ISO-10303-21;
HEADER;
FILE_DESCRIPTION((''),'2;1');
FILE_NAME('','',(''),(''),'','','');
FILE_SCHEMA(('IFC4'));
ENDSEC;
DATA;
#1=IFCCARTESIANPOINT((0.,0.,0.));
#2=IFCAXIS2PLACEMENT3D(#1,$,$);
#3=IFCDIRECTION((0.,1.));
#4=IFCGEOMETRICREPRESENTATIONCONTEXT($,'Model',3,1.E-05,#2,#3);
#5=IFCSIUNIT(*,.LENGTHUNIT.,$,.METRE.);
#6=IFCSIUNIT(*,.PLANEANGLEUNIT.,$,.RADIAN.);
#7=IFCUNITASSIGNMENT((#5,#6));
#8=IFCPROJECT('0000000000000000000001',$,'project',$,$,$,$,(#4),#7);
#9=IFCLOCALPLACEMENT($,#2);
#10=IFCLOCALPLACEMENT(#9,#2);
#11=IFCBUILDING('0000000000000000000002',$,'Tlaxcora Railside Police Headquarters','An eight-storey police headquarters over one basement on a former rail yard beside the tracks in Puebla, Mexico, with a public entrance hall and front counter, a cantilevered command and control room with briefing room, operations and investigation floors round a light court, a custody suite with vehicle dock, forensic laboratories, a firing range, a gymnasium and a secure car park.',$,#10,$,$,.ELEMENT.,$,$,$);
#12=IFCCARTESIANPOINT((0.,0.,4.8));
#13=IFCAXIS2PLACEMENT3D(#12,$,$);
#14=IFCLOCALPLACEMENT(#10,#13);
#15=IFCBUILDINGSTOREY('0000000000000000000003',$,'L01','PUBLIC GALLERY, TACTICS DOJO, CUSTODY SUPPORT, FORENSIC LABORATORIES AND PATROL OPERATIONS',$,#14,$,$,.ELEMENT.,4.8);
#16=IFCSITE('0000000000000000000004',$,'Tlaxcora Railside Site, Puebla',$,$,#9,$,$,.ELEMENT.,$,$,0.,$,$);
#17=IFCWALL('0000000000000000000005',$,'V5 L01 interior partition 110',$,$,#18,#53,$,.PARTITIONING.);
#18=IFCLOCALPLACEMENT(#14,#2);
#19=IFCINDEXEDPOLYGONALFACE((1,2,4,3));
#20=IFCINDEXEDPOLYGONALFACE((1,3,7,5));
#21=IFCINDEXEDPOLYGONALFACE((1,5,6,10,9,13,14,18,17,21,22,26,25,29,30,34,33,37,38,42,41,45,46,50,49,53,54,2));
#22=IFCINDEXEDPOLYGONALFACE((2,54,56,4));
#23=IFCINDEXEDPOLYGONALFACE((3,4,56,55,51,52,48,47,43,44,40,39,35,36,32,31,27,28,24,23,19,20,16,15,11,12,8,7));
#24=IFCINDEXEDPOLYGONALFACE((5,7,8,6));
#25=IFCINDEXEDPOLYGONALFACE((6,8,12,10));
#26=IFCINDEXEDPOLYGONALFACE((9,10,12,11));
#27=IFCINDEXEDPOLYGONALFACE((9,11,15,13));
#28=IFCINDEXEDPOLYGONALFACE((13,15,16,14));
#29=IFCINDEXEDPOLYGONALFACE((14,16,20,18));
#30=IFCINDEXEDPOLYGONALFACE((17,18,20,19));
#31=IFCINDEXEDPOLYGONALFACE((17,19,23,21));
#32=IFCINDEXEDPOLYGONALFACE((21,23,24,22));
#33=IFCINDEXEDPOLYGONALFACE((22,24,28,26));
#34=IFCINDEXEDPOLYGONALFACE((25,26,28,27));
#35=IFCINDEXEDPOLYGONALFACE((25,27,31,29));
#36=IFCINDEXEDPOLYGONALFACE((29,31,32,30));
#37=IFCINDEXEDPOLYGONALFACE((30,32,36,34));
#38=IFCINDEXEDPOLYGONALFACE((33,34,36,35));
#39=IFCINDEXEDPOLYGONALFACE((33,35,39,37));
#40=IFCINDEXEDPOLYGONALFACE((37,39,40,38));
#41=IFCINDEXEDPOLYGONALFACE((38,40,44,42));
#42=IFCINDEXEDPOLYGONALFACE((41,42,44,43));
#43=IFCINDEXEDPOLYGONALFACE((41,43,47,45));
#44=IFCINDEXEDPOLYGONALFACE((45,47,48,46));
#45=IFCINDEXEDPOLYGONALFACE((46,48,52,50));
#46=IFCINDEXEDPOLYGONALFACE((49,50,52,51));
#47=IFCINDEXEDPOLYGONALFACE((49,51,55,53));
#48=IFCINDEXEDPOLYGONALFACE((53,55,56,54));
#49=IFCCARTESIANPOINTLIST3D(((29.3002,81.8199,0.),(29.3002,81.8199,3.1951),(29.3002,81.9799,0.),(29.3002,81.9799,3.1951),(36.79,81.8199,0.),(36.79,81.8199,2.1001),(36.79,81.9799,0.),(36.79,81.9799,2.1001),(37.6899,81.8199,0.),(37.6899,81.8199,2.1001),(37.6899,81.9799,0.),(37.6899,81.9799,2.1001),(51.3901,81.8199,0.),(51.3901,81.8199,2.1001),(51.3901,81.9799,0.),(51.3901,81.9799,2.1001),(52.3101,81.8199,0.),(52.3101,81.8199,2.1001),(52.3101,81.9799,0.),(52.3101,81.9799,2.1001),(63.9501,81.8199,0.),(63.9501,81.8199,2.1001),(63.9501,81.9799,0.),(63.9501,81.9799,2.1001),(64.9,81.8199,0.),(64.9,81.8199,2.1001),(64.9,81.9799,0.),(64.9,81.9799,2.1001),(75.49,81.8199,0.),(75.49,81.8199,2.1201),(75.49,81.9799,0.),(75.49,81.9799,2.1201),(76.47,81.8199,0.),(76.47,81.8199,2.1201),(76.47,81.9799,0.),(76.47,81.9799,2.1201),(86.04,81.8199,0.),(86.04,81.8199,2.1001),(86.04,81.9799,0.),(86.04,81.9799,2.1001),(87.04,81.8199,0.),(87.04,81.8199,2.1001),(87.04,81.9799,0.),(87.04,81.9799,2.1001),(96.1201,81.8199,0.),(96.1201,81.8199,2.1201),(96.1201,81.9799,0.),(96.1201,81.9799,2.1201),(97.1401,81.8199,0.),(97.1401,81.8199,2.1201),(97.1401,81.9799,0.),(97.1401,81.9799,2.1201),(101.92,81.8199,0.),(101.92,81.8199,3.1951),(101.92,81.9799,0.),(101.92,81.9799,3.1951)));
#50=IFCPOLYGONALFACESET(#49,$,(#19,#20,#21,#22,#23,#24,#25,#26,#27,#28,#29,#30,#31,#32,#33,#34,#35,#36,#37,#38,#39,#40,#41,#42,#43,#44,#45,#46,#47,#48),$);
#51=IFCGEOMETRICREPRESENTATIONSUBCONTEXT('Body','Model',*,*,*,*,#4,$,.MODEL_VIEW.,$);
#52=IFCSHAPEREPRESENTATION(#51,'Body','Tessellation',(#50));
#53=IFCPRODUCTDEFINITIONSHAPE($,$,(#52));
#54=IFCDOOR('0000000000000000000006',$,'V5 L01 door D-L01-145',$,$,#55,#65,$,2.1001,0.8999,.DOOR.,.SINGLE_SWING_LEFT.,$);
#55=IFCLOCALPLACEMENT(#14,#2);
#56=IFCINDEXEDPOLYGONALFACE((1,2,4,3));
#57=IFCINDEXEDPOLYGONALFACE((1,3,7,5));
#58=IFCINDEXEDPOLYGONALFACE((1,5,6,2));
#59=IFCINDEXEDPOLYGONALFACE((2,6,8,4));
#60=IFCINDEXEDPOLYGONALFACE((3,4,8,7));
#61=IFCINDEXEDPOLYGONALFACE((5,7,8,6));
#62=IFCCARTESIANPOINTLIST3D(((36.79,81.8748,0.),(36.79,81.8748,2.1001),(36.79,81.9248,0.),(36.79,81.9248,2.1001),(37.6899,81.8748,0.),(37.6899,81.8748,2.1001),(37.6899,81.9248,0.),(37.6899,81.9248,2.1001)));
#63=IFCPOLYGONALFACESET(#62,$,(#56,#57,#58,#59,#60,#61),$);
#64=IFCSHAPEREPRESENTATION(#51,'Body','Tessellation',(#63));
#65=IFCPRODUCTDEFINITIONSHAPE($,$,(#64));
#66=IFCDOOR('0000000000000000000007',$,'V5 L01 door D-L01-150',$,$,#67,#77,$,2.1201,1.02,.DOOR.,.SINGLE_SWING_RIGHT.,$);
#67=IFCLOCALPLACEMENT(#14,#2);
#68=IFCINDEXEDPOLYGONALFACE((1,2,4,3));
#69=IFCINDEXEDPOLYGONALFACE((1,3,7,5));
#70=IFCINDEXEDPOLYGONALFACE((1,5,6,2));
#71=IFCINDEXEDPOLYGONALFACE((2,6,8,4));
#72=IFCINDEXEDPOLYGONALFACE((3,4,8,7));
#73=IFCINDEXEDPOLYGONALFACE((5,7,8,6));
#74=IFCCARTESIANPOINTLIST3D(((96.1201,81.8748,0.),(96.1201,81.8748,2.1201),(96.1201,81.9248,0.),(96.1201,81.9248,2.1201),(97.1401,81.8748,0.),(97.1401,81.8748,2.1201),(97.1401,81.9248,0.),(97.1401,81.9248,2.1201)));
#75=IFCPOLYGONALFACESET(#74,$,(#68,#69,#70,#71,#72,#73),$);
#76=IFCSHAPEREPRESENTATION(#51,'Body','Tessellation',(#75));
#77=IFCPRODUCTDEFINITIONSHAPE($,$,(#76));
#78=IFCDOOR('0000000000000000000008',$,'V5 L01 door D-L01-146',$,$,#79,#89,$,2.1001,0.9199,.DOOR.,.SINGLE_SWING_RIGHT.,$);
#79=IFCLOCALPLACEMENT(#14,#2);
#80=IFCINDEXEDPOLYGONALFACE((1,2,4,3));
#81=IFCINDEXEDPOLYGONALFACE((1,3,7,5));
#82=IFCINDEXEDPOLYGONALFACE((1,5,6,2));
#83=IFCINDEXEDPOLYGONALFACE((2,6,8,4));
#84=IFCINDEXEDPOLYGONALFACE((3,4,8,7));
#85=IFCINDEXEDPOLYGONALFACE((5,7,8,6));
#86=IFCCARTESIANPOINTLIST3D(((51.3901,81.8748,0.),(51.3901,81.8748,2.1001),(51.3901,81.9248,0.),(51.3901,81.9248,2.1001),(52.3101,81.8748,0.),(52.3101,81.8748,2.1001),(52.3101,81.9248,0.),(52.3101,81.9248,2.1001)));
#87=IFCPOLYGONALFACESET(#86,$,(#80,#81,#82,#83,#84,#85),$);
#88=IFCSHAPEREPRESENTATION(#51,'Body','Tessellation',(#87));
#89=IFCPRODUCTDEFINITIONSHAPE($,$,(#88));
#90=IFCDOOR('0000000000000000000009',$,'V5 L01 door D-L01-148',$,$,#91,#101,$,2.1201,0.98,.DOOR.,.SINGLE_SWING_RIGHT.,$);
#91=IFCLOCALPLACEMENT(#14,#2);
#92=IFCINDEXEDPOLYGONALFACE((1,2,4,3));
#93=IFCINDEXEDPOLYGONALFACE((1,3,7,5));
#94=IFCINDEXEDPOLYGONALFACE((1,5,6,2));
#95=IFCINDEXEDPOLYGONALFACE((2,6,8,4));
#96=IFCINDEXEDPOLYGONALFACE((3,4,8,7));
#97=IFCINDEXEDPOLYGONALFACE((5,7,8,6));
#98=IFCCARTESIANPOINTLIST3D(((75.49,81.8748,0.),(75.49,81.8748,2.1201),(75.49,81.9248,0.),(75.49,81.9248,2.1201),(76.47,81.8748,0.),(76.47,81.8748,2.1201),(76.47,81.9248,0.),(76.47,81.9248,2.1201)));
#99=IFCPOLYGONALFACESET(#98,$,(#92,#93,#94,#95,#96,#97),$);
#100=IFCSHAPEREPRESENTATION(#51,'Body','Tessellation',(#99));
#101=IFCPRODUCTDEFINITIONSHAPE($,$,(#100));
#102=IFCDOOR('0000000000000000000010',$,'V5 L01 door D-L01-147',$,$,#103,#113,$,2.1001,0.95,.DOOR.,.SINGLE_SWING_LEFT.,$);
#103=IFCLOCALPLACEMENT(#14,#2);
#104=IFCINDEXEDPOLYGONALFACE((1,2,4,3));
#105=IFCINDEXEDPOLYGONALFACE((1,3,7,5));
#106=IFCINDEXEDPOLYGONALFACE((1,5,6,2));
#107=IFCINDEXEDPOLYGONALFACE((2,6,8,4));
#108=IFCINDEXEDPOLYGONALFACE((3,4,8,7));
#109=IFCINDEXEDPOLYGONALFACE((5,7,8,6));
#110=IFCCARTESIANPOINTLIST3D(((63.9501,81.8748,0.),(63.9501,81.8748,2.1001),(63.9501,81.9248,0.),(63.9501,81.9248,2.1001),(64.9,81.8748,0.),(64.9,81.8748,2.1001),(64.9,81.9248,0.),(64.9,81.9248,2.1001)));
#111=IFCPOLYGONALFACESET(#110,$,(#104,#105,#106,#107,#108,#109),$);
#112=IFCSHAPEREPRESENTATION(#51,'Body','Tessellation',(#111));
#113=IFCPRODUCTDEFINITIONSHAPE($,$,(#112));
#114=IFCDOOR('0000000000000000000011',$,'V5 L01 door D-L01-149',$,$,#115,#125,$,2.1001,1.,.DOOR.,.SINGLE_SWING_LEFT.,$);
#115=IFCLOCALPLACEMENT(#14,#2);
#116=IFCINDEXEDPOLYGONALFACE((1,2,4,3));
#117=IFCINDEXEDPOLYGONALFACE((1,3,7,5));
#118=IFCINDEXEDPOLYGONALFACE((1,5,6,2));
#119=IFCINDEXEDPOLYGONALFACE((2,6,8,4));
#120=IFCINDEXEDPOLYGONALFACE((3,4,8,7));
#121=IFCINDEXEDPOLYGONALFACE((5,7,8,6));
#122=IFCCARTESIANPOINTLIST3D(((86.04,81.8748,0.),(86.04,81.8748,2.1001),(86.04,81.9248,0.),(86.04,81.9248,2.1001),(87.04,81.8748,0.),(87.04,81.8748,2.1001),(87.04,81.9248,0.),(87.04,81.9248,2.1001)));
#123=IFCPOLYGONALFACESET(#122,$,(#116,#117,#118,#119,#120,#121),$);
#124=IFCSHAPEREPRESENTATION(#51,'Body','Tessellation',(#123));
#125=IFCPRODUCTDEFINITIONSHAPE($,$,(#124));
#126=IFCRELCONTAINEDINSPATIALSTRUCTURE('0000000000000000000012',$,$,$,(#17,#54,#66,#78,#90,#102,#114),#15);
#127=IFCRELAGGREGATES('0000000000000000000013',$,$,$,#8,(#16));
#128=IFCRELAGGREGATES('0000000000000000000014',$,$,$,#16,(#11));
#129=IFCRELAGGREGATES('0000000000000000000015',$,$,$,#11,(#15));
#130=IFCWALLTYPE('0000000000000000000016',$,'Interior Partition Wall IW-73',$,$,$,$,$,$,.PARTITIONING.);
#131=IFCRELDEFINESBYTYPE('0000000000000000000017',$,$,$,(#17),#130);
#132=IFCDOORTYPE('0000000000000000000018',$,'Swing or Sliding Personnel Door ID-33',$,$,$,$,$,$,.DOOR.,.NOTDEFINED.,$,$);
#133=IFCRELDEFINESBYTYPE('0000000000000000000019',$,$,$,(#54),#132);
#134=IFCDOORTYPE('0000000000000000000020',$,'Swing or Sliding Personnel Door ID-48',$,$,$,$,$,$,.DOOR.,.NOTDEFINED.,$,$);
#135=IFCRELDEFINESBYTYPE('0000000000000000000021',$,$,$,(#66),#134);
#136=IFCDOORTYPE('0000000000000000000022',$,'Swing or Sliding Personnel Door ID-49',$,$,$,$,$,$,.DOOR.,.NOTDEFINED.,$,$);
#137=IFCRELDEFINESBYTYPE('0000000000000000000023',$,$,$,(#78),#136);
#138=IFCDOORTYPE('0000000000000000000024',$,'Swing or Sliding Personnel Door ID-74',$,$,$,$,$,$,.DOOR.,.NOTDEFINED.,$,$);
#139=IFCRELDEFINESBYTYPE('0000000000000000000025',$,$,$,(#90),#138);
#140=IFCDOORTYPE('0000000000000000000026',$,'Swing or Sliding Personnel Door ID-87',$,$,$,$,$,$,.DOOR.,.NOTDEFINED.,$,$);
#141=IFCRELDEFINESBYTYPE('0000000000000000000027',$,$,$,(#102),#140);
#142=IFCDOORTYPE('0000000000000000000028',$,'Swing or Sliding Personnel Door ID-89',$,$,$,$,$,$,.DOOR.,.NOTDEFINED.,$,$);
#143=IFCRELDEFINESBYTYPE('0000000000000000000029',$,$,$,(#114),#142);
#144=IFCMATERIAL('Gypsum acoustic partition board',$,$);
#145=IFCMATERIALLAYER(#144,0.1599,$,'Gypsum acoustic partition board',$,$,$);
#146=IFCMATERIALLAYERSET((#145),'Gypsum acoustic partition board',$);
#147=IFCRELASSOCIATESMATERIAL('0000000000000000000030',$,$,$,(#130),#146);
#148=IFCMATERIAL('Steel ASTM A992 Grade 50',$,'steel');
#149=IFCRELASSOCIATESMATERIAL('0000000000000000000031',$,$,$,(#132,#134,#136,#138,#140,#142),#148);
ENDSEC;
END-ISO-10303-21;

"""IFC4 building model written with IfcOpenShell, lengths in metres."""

from ifc_helpers import new_model, si_unit, direction, frame, frame_2d, origin, place, context, subcontext, project, spatial, rectangle, extrude, material, layer, layer_set, type_object, element, fill, save


model = new_model("IFC4")

# Units and contexts
model_context = context("Model", 3, precision=1e-05, world=origin(), true_north=direction((0.0, 1.0)))
body_context = subcontext(model_context, "Body", "Model", "MODEL_VIEW")
ifc_project = project(units=[si_unit("LENGTHUNIT", "METRE"), si_unit("PLANEANGLEUNIT", "RADIAN")], contexts=[model_context])

# Site, building, storey
site_placement = place(None, origin())
site = spatial("IfcSite", under=ifc_project, at=site_placement, Name="Tlaxcora Railside Site, Puebla", CompositionType="ELEMENT", RefElevation=0.0)
building_placement = place(site_placement, origin())
building = spatial("IfcBuilding", under=site, at=building_placement, Name="Tlaxcora Railside Police Headquarters", Description="An eight-storey police headquarters over one basement on a former rail yard beside the tracks in Puebla, Mexico, with a public entrance hall and front counter, a cantilevered command and control room with briefing room, operations and investigation floors round a light court, a custody suite with vehicle dock, forensic laboratories, a firing range, a gymnasium and a secure car park.", CompositionType="ELEMENT")
storey_placement = place(building_placement, frame((0.0, 0.0, 4.8)))
storey = spatial("IfcBuildingStorey", under=building, at=storey_placement, Name="L01", Description="PUBLIC GALLERY, TACTICS DOJO, CUSTODY SUPPORT, FORENSIC LABORATORIES AND PATROL OPERATIONS", CompositionType="ELEMENT", Elevation=4.8)

# Shared definitions
ifc_material_1 = material(Name="Steel ASTM A992 Grade 50", Category="steel")

# Wall, openings, doors
ifc_material_2 = material(Name="Gypsum acoustic partition board")
ifc_layer_1 = layer(ifc_material_2, 0.1599, Name="Gypsum acoustic partition board")
ifc_layer_set_1 = layer_set([ifc_layer_1], Name="Gypsum acoustic partition board")
wall_type_1 = type_object("IfcWallType", Name="Interior Partition Wall IW-73", PredefinedType="PARTITIONING", material=ifc_layer_set_1)
wall_1_placement = place(storey_placement, frame((29.3, 81.8999, 0.0), z_axis=(0.0, 0.0, 1.0), x_axis=(1.0, 0.0, 0.0)))
wall_1 = element("IfcWall", 1, at=wall_1_placement, inside=storey, type_object=wall_type_1, Name="V5 L01 interior partition 110", PredefinedType="PARTITIONING", context=body_context, shape_type="SweptSolid", body=[
    extrude(rectangle(XDim=72.6199, YDim=0.1599, at=frame_2d((36.3101, 0.0))), origin(), (0.0, 0.0, 1.0), 3.1951),
])
opening_1_placement = place(wall_1_placement, frame((7.49, 0.0, 0.0)))
opening_1 = element("IfcOpeningElement", 2, at=opening_1_placement, cuts=wall_1, PredefinedType="OPENING", context=body_context, shape_type="SweptSolid", body=[
    extrude(rectangle(XDim=0.8999, YDim=2.1001, at=frame_2d((0.45, 1.05))), frame((0.0, 0.0898, 0.0), z_axis=(0.0, -1.0, 0.0), x_axis=(1.0, 0.0, 0.0)), (0.0, 0.0, 1.0), 0.1799),
])
opening_2_placement = place(wall_1_placement, frame((22.0901, 0.0, 0.0)))
opening_2 = element("IfcOpeningElement", 3, at=opening_2_placement, cuts=wall_1, PredefinedType="OPENING", context=body_context, shape_type="SweptSolid", body=[
    extrude(rectangle(XDim=0.9199, YDim=2.1001, at=frame_2d((0.46, 1.05))), frame((0.0, 0.0898, 0.0), z_axis=(0.0, -1.0, 0.0), x_axis=(1.0, 0.0, 0.0)), (0.0, 0.0, 1.0), 0.1799),
])
opening_3_placement = place(wall_1_placement, frame((34.6499, 0.0, 0.0)))
opening_3 = element("IfcOpeningElement", 4, at=opening_3_placement, cuts=wall_1, PredefinedType="OPENING", context=body_context, shape_type="SweptSolid", body=[
    extrude(rectangle(XDim=0.95, YDim=2.1001, at=frame_2d((0.4751, 1.05))), frame((0.0, 0.0898, 0.0), z_axis=(0.0, -1.0, 0.0), x_axis=(1.0, 0.0, 0.0)), (0.0, 0.0, 1.0), 0.1799),
])
opening_4_placement = place(wall_1_placement, frame((46.1899, 0.0, 0.0)))
opening_4 = element("IfcOpeningElement", 5, at=opening_4_placement, cuts=wall_1, PredefinedType="OPENING", context=body_context, shape_type="SweptSolid", body=[
    extrude(rectangle(XDim=0.98, YDim=2.1201, at=frame_2d((0.49, 1.0601))), frame((0.0, 0.0898, 0.0), z_axis=(0.0, -1.0, 0.0), x_axis=(1.0, 0.0, 0.0)), (0.0, 0.0, 1.0), 0.1799),
])
opening_5_placement = place(wall_1_placement, frame((56.74, 0.0, 0.0)))
opening_5 = element("IfcOpeningElement", 6, at=opening_5_placement, cuts=wall_1, PredefinedType="OPENING", context=body_context, shape_type="SweptSolid", body=[
    extrude(rectangle(XDim=1.0, YDim=2.1001, at=frame_2d((0.5, 1.05))), frame((0.0, 0.0898, 0.0), z_axis=(0.0, -1.0, 0.0), x_axis=(1.0, 0.0, 0.0)), (0.0, 0.0, 1.0), 0.1799),
])
opening_6_placement = place(wall_1_placement, frame((66.8201, 0.0, 0.0)))
opening_6 = element("IfcOpeningElement", 7, at=opening_6_placement, cuts=wall_1, PredefinedType="OPENING", context=body_context, shape_type="SweptSolid", body=[
    extrude(rectangle(XDim=1.02, YDim=2.1201, at=frame_2d((0.51, 1.0601))), frame((0.0, 0.0898, 0.0), z_axis=(0.0, -1.0, 0.0), x_axis=(1.0, 0.0, 0.0)), (0.0, 0.0, 1.0), 0.1799),
])
door_type_1 = type_object("IfcDoorType", Name="Swing or Sliding Personnel Door ID-33", OperationType="NOTDEFINED", PredefinedType="DOOR", material=ifc_material_1)
door_1_placement = place(opening_1_placement, origin())
door_1 = element("IfcDoor", 8, at=door_1_placement, inside=storey, type_object=door_type_1, Name="V5 L01 door D-L01-145", OperationType="SINGLE_SWING_LEFT", OverallHeight=2.1001, OverallWidth=0.8999, PredefinedType="DOOR", context=body_context, shape_type="SweptSolid", body=[
    extrude(rectangle(XDim=0.8999, YDim=2.1001, at=frame_2d((0.45, 1.05))), frame((0.0, 0.0249, 0.0), z_axis=(0.0, -1.0, 0.0), x_axis=(1.0, 0.0, 0.0)), (0.0, 0.0, 1.0), 0.05),
])
fill(opening_1, door_1)
door_type_2 = type_object("IfcDoorType", Name="Swing or Sliding Personnel Door ID-48", OperationType="NOTDEFINED", PredefinedType="DOOR", material=ifc_material_1)
door_2_placement = place(opening_6_placement, origin())
door_2 = element("IfcDoor", 9, at=door_2_placement, inside=storey, type_object=door_type_2, Name="V5 L01 door D-L01-150", OperationType="SINGLE_SWING_RIGHT", OverallHeight=2.1201, OverallWidth=1.02, PredefinedType="DOOR", context=body_context, shape_type="SweptSolid", body=[
    extrude(rectangle(XDim=1.02, YDim=2.1201, at=frame_2d((0.51, 1.0601))), frame((0.0, 0.0249, 0.0), z_axis=(0.0, -1.0, 0.0), x_axis=(1.0, 0.0, 0.0)), (0.0, 0.0, 1.0), 0.05),
])
fill(opening_6, door_2)
door_type_3 = type_object("IfcDoorType", Name="Swing or Sliding Personnel Door ID-49", OperationType="NOTDEFINED", PredefinedType="DOOR", material=ifc_material_1)
door_3_placement = place(opening_2_placement, origin())
door_3 = element("IfcDoor", 10, at=door_3_placement, inside=storey, type_object=door_type_3, Name="V5 L01 door D-L01-146", OperationType="SINGLE_SWING_RIGHT", OverallHeight=2.1001, OverallWidth=0.9199, PredefinedType="DOOR", context=body_context, shape_type="SweptSolid", body=[
    extrude(rectangle(XDim=0.9199, YDim=2.1001, at=frame_2d((0.46, 1.05))), frame((0.0, 0.0249, 0.0), z_axis=(0.0, -1.0, 0.0), x_axis=(1.0, 0.0, 0.0)), (0.0, 0.0, 1.0), 0.05),
])
fill(opening_2, door_3)
door_type_4 = type_object("IfcDoorType", Name="Swing or Sliding Personnel Door ID-74", OperationType="NOTDEFINED", PredefinedType="DOOR", material=ifc_material_1)
door_4_placement = place(opening_4_placement, origin())
door_4 = element("IfcDoor", 11, at=door_4_placement, inside=storey, type_object=door_type_4, Name="V5 L01 door D-L01-148", OperationType="SINGLE_SWING_RIGHT", OverallHeight=2.1201, OverallWidth=0.98, PredefinedType="DOOR", context=body_context, shape_type="SweptSolid", body=[
    extrude(rectangle(XDim=0.98, YDim=2.1201, at=frame_2d((0.49, 1.0601))), frame((0.0, 0.0249, 0.0), z_axis=(0.0, -1.0, 0.0), x_axis=(1.0, 0.0, 0.0)), (0.0, 0.0, 1.0), 0.05),
])
fill(opening_4, door_4)
door_type_5 = type_object("IfcDoorType", Name="Swing or Sliding Personnel Door ID-87", OperationType="NOTDEFINED", PredefinedType="DOOR", material=ifc_material_1)
door_5_placement = place(opening_3_placement, origin())
door_5 = element("IfcDoor", 12, at=door_5_placement, inside=storey, type_object=door_type_5, Name="V5 L01 door D-L01-147", OperationType="SINGLE_SWING_LEFT", OverallHeight=2.1001, OverallWidth=0.95, PredefinedType="DOOR", context=body_context, shape_type="SweptSolid", body=[
    extrude(rectangle(XDim=0.95, YDim=2.1001, at=frame_2d((0.4751, 1.05))), frame((0.0, 0.0249, 0.0), z_axis=(0.0, -1.0, 0.0), x_axis=(1.0, 0.0, 0.0)), (0.0, 0.0, 1.0), 0.05),
])
fill(opening_3, door_5)
door_type_6 = type_object("IfcDoorType", Name="Swing or Sliding Personnel Door ID-89", OperationType="NOTDEFINED", PredefinedType="DOOR", material=ifc_material_1)
door_6_placement = place(opening_5_placement, origin())
door_6 = element("IfcDoor", 13, at=door_6_placement, inside=storey, type_object=door_type_6, Name="V5 L01 door D-L01-149", OperationType="SINGLE_SWING_LEFT", OverallHeight=2.1001, OverallWidth=1.0, PredefinedType="DOOR", context=body_context, shape_type="SweptSolid", body=[
    extrude(rectangle(XDim=1.0, YDim=2.1001, at=frame_2d((0.5, 1.05))), frame((0.0, 0.0249, 0.0), z_axis=(0.0, -1.0, 0.0), x_axis=(1.0, 0.0, 0.0)), (0.0, 0.0, 1.0), 0.05),
])
fill(opening_5, door_6)

save(model, "model.ifc")
